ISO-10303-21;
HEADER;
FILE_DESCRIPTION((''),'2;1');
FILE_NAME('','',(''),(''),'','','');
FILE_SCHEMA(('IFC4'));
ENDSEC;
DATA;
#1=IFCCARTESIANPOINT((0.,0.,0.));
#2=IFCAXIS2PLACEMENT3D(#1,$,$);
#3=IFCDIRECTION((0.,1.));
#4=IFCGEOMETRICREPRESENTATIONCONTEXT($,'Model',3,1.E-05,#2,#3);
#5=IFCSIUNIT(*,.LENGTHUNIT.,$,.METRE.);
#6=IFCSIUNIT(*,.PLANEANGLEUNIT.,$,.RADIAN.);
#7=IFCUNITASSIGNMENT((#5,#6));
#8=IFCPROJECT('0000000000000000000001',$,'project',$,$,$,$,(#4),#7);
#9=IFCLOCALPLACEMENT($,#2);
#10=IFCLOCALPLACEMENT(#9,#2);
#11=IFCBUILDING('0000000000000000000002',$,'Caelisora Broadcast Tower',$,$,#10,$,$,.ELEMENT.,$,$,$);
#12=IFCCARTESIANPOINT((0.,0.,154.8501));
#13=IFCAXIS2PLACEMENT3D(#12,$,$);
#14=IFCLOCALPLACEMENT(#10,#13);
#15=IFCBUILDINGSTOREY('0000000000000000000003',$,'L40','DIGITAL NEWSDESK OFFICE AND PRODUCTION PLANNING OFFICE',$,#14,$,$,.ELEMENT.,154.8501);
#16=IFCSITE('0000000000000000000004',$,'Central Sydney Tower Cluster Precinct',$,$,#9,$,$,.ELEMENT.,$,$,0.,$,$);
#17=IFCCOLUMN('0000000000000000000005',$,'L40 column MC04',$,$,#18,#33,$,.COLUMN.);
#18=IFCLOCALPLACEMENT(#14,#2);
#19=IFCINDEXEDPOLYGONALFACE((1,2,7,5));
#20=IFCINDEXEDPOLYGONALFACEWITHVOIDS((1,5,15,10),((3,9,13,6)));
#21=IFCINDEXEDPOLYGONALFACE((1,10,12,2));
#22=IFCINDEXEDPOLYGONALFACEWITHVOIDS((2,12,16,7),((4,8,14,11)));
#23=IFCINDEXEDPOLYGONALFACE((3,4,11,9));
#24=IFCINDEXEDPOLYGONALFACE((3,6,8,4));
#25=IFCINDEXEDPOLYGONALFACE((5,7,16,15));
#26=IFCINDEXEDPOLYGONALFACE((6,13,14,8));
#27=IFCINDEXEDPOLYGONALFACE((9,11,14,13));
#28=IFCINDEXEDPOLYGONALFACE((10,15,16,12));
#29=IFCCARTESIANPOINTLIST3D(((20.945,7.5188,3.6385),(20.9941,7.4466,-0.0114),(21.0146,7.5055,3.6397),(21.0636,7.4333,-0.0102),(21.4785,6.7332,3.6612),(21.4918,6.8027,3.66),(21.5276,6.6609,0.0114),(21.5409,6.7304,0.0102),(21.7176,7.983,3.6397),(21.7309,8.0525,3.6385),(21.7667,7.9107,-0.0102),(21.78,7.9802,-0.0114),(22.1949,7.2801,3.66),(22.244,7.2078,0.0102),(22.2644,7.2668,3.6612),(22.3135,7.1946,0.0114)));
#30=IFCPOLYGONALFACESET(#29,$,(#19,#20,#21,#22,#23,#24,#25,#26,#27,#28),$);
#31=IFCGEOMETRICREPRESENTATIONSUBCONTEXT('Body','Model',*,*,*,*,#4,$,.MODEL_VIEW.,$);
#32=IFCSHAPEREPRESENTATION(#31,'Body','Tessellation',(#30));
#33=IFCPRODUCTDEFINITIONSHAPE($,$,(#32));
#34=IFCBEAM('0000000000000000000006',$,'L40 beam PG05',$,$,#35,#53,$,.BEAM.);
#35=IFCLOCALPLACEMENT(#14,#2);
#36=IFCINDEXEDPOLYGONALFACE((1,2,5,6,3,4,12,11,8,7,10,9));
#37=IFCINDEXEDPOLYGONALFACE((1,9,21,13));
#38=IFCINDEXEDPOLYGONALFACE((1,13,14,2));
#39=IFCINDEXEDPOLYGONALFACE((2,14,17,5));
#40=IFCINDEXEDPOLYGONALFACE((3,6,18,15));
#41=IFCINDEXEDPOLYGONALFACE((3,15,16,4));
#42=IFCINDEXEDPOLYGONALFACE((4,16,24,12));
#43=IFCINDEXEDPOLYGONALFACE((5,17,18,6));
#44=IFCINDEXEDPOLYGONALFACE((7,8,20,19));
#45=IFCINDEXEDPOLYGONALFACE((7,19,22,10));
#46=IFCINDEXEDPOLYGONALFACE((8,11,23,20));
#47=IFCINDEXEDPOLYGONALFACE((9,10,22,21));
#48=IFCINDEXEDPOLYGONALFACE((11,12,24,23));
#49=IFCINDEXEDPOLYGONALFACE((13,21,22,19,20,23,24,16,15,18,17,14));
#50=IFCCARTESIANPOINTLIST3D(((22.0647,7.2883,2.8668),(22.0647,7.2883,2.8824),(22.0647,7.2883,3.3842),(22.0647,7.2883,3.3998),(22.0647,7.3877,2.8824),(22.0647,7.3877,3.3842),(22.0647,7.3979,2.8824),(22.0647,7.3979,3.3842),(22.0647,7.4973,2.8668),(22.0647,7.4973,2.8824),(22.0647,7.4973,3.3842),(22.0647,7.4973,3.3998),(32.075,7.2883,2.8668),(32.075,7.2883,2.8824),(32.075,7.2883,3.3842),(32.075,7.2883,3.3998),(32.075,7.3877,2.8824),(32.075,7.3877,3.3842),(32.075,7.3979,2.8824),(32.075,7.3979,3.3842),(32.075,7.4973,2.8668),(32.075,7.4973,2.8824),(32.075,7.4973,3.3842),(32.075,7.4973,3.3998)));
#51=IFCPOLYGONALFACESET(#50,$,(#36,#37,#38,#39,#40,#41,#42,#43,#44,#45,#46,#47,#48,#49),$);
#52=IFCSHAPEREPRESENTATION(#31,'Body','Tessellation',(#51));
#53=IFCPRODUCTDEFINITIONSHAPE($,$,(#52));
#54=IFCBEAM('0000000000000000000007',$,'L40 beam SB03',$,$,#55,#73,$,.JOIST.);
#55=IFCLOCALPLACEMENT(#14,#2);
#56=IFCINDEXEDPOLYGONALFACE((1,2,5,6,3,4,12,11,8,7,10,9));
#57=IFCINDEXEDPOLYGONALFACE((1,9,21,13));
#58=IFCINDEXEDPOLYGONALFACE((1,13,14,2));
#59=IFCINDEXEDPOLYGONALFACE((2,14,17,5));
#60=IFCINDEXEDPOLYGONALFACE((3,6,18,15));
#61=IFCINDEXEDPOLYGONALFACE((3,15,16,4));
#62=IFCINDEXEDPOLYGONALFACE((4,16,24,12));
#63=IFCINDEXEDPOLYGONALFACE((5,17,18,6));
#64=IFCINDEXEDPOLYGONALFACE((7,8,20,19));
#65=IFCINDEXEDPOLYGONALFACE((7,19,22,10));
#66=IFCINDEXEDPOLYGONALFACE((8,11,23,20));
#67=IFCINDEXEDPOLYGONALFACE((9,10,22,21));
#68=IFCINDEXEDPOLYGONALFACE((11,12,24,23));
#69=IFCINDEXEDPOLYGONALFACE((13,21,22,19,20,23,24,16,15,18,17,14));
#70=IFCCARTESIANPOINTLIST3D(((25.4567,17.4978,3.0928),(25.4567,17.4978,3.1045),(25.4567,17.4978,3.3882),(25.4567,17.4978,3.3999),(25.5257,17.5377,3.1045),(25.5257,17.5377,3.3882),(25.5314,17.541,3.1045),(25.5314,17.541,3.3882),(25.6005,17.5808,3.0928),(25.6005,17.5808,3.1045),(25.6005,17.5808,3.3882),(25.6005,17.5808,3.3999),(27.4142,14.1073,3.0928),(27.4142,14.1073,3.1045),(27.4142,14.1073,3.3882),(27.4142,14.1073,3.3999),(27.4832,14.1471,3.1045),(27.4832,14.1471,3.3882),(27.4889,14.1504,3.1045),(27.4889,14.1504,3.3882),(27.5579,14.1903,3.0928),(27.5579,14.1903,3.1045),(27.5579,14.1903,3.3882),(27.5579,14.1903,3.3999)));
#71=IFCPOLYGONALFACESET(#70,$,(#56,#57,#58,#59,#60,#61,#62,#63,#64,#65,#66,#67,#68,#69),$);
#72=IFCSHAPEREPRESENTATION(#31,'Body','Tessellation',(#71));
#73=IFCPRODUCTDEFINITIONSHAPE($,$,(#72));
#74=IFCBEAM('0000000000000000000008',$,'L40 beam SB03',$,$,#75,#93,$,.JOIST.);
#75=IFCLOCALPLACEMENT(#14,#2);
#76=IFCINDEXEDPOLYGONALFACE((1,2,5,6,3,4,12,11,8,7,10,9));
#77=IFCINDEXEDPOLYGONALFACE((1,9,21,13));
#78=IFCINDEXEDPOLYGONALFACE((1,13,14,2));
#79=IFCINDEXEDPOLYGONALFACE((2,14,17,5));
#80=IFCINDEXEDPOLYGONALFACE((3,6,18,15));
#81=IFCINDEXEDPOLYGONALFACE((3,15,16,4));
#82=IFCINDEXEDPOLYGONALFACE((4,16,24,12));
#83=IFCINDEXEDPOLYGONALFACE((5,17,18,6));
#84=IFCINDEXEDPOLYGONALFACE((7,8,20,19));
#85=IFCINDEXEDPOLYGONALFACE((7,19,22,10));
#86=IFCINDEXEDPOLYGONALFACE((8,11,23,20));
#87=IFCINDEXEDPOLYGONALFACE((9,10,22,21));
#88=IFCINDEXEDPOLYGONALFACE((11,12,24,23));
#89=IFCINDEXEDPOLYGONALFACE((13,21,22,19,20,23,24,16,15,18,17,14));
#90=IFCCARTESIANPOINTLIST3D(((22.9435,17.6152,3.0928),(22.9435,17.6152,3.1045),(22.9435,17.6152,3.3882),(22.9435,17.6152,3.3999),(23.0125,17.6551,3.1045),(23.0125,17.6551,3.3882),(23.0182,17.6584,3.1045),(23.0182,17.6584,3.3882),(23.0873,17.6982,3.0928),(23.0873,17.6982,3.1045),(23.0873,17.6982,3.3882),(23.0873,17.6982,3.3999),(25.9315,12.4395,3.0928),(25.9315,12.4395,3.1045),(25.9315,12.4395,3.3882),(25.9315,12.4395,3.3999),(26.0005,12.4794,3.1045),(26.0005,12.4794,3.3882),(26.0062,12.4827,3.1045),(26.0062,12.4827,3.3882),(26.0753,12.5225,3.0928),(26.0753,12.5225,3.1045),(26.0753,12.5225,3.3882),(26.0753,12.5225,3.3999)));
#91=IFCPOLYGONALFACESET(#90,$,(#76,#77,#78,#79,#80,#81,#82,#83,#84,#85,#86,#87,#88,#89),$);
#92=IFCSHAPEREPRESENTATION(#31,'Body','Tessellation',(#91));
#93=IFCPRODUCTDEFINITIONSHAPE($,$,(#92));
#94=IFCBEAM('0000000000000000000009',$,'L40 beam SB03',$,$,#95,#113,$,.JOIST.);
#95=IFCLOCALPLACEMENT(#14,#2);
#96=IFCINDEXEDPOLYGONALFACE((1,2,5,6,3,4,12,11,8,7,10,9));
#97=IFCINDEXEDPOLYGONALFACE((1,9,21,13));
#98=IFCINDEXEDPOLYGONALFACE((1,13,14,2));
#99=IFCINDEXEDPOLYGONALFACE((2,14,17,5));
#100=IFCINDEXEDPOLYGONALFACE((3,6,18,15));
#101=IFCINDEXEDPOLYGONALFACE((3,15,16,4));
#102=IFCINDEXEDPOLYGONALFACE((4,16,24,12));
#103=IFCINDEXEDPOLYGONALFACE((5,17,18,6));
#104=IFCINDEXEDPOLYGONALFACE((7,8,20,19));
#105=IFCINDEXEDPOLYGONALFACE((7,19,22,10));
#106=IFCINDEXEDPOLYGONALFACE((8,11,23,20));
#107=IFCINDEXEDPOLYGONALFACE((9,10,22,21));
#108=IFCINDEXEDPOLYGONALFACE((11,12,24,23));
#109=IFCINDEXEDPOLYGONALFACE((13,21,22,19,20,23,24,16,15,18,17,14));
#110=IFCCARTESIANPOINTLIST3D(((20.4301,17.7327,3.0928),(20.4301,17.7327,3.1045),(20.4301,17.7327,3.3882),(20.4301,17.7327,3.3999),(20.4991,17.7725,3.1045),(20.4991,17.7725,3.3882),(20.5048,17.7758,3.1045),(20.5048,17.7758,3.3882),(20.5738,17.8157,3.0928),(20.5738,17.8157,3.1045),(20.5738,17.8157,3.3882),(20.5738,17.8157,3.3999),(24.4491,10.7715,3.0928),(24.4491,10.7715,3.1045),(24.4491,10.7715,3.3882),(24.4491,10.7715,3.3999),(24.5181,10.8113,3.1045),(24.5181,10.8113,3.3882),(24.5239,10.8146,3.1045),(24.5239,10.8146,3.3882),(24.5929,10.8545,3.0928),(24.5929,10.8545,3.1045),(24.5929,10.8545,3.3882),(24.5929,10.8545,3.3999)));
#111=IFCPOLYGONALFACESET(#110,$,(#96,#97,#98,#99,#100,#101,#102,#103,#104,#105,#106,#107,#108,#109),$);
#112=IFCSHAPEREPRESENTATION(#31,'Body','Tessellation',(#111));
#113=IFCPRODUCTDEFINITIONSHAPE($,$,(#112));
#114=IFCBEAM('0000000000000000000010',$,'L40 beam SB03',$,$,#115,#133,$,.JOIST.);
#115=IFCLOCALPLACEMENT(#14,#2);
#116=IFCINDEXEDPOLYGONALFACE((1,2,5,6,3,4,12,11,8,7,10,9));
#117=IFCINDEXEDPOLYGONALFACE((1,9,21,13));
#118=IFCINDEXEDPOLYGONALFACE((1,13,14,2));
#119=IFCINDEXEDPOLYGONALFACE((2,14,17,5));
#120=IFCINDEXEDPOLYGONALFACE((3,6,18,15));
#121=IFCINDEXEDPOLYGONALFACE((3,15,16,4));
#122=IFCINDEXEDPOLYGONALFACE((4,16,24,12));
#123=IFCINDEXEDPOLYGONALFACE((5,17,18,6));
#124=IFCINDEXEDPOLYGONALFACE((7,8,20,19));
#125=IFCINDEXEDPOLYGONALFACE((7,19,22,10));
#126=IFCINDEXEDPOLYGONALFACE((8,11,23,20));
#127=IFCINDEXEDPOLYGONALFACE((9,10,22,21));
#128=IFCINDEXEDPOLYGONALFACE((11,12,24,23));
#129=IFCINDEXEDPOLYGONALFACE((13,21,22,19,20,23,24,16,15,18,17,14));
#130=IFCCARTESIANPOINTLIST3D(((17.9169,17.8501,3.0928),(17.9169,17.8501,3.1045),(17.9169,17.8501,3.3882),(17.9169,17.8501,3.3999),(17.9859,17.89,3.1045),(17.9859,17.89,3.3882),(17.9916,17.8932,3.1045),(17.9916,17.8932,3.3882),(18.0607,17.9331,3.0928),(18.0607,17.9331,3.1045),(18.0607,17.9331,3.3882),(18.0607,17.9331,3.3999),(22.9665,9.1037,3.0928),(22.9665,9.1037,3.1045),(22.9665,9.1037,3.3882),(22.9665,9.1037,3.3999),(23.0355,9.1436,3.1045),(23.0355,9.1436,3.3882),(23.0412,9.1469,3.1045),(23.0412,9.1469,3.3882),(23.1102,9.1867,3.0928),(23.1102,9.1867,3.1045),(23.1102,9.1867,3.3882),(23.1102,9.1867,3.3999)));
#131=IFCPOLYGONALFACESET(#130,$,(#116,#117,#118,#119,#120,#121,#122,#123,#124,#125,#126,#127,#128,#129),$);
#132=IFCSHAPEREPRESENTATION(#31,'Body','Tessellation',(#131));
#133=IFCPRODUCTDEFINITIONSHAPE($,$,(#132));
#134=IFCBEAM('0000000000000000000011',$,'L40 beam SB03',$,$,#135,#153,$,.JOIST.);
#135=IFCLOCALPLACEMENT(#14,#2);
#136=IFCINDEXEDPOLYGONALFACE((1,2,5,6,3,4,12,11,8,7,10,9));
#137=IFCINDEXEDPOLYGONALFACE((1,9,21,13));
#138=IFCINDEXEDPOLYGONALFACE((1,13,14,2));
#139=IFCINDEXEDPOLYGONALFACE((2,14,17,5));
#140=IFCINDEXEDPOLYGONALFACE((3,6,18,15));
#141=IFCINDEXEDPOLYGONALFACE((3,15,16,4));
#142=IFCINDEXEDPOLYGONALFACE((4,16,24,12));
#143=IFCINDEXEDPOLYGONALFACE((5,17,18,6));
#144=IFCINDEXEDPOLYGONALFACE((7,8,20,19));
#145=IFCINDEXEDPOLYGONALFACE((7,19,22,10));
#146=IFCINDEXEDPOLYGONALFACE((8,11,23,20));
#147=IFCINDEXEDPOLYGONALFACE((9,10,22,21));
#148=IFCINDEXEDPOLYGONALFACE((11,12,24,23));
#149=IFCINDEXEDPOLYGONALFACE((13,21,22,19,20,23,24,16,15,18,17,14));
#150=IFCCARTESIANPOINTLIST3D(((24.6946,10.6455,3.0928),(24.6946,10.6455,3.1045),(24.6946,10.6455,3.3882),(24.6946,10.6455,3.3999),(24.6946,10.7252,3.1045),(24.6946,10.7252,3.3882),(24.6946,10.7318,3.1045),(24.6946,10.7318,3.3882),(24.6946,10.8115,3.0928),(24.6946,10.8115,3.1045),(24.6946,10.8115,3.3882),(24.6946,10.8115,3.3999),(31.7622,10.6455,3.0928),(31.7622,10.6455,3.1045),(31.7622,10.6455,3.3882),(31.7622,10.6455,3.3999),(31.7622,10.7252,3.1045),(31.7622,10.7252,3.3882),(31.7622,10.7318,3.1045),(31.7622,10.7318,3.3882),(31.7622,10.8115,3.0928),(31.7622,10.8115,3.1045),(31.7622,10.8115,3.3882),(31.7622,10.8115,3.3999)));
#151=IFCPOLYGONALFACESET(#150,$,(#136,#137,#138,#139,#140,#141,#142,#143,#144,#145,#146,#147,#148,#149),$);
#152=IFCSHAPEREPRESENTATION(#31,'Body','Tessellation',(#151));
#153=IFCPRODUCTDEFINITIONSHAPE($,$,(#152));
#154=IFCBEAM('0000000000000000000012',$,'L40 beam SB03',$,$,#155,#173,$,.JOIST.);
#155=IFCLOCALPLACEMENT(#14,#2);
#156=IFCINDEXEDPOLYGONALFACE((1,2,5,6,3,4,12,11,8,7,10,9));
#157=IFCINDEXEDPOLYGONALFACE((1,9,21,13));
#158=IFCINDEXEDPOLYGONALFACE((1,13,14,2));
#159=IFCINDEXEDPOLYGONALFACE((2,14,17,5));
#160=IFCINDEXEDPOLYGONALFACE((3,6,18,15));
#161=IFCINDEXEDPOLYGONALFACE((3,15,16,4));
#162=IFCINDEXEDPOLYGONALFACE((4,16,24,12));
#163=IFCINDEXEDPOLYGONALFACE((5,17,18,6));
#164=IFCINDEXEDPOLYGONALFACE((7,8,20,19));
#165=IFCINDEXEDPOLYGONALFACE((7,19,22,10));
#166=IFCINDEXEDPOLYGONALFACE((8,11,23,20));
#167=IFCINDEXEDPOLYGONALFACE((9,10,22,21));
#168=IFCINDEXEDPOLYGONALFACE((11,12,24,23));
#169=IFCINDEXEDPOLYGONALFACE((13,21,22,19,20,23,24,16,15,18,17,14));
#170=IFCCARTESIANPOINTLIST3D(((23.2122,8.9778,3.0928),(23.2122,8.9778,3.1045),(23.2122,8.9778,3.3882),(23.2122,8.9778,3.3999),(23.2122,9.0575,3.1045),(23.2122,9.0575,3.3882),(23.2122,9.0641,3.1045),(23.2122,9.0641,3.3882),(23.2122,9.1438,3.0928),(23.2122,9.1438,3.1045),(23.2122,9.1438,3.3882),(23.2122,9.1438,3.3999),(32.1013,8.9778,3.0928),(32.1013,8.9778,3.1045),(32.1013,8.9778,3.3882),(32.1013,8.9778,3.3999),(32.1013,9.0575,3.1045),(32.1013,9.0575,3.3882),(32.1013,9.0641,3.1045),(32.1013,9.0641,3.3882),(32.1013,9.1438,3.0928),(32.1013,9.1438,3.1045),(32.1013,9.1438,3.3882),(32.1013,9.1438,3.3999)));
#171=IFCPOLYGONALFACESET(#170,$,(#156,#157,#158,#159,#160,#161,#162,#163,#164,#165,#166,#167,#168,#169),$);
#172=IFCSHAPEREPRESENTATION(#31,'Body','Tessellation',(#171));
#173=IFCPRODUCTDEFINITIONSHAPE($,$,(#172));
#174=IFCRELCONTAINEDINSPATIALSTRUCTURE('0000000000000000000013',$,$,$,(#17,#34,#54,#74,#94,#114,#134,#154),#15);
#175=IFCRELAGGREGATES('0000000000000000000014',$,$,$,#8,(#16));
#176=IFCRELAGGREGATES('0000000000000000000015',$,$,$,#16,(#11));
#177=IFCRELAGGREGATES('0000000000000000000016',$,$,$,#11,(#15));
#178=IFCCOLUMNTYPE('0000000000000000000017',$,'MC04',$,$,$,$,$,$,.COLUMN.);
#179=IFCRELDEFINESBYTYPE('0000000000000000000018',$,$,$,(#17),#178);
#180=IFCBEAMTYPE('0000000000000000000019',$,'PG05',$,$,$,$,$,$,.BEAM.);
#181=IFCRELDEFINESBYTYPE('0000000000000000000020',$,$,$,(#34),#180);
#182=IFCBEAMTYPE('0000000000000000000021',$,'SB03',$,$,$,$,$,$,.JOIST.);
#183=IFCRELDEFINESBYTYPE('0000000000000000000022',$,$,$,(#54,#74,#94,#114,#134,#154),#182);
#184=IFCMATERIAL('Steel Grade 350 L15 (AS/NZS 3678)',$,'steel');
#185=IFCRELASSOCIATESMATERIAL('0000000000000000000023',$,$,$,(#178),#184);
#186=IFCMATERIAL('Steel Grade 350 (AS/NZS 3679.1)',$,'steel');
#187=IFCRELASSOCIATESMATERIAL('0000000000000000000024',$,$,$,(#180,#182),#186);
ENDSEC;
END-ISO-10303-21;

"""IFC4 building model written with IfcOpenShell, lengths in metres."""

from ifc_helpers import new_model, si_unit, direction, frame, origin, origin_2d, place, context, subcontext, project, spatial, hollow_rectangle, i_section, extrude, source, transform, mapped, material, material_profile, profile_set, type_object, type_shapes, element, save


model = new_model("IFC4")

# Units and contexts
model_context = context("Model", 3, precision=1e-05, world=origin(), true_north=direction((0.0, 1.0)))
body_context = subcontext(model_context, "Body", "Model", "MODEL_VIEW")
ifc_project = project(units=[si_unit("LENGTHUNIT", "METRE"), si_unit("PLANEANGLEUNIT", "RADIAN")], contexts=[model_context])

# Site, building, storey
site_placement = place(None, origin())
site = spatial("IfcSite", under=ifc_project, at=site_placement, Name="Central Sydney Tower Cluster Precinct", CompositionType="ELEMENT", RefElevation=0.0)
building_placement = place(site_placement, origin())
building = spatial("IfcBuilding", under=site, at=building_placement, Name="Caelisora Broadcast Tower", CompositionType="ELEMENT")
storey_placement = place(building_placement, frame((0.0, 0.0, 154.8501)))
storey = spatial("IfcBuildingStorey", under=building, at=storey_placement, Name="L40", Description="DIGITAL NEWSDESK OFFICE AND PRODUCTION PLANNING OFFICE", CompositionType="ELEMENT", Elevation=154.8501)

# Column
ifc_material_1 = material(Name="Steel Grade 350 L15 (AS/NZS 3678)", Category="steel")
ifc_material_profile_1 = material_profile(ifc_material_1, hollow_rectangle(XDim=0.95, YDim=0.95, WallThickness=0.05, at=origin_2d()), Name="Steel Grade 350 L15 (AS/NZS 3678)")
ifc_profile_set_1 = profile_set([ifc_material_profile_1], Name="Steel Grade 350 L15 (AS/NZS 3678)")
column_type = type_object("IfcColumnType", Name="MC04", PredefinedType="COLUMN", material=ifc_profile_set_1)
shared_shape_1 = source(origin(), body_context, "Body", "SweptSolid", [
    extrude(hollow_rectangle(XDim=0.95, YDim=0.95, WallThickness=0.05, at=origin_2d()), origin(), (0.0, 0.0, 1.0), 3.6509),
])
type_shapes(column_type, [shared_shape_1])
column_placement = place(storey_placement, frame((21.6538, 7.3206, 0.0), z_axis=(-0.013441, 0.019794, 0.999714), x_axis=(-0.82729, -0.561775, 0.0)))
element("IfcColumn", 1, at=column_placement, inside=storey, type_object=column_type, Name="L40 column MC04", PredefinedType="COLUMN", context=body_context, shape_type="MappedRepresentation", body=[
    mapped(shared_shape_1, transform((0.0, 0.0, 0.0), scale=1.0)),
])

# Beams
ifc_material_2 = material(Name="Steel Grade 350 (AS/NZS 3679.1)", Category="steel")
ifc_material_profile_2 = material_profile(ifc_material_2, i_section(OverallWidth=0.209, OverallDepth=0.533, WebThickness=0.0103, FlangeThickness=0.0156, at=origin_2d()), Name="Steel Grade 350 (AS/NZS 3679.1)")
ifc_profile_set_2 = profile_set([ifc_material_profile_2], Name="Steel Grade 350 (AS/NZS 3679.1)")
beam_type_1 = type_object("IfcBeamType", Name="PG05", PredefinedType="BEAM", material=ifc_profile_set_2)
shared_shape_2 = source(origin(), body_context, "Body", "SweptSolid", [
    extrude(i_section(OverallWidth=0.209, OverallDepth=0.533, WebThickness=0.0103, FlangeThickness=0.0156, at=origin_2d()), origin(), (0.0, 0.0, 1.0), 10.0103),
])
type_shapes(beam_type_1, [shared_shape_2])
beam_1_placement = place(storey_placement, frame((22.0647, 7.3928, 3.1333), z_axis=(1.0, 0.0, 0.0), x_axis=(0.0, 1.0, 0.0)))
element("IfcBeam", 2, at=beam_1_placement, inside=storey, type_object=beam_type_1, Name="L40 beam PG05", PredefinedType="BEAM", context=body_context, shape_type="MappedRepresentation", body=[
    mapped(shared_shape_2, transform((0.0, 0.0, 0.0), scale=1.0)),
])
ifc_material_profile_3 = material_profile(ifc_material_2, i_section(OverallWidth=0.166, OverallDepth=0.3071, WebThickness=0.0066, FlangeThickness=0.0117, at=origin_2d()), Name="Steel Grade 350 (AS/NZS 3679.1)")
ifc_profile_set_3 = profile_set([ifc_material_profile_3], Name="Steel Grade 350 (AS/NZS 3679.1)")
beam_type_2 = type_object("IfcBeamType", Name="SB03", PredefinedType="JOIST", material=ifc_profile_set_3)
shared_shape_3 = source(origin(), body_context, "Body", "SweptSolid", [
    extrude(i_section(OverallWidth=0.166, OverallDepth=0.3071, WebThickness=0.0066, FlangeThickness=0.0117, at=origin_2d()), origin(), (0.0, 0.0, 1.0), 3.915),
])
beam_2_placement = place(storey_placement, frame((25.5286, 17.5393, 3.2463), z_axis=(0.499989, -0.866032, 0.0), x_axis=(0.866032, 0.499989, 0.0)))
element("IfcBeam", 3, at=beam_2_placement, inside=storey, type_object=beam_type_2, Name="L40 beam SB03", PredefinedType="JOIST", context=body_context, shape_type="MappedRepresentation", body=[
    mapped(shared_shape_3, transform((0.0, 0.0, 0.0), scale=1.0)),
])
shared_shape_4 = source(origin(), body_context, "Body", "SweptSolid", [
    extrude(i_section(OverallWidth=0.166, OverallDepth=0.3071, WebThickness=0.0066, FlangeThickness=0.0117, at=origin_2d()), origin(), (0.0, 0.0, 1.0), 5.9763),
])
beam_3_placement = place(storey_placement, frame((23.0154, 17.6567, 3.2463), z_axis=(0.499975, -0.86604, 0.0), x_axis=(0.86604, 0.499975, 0.0)))
element("IfcBeam", 4, at=beam_3_placement, inside=storey, type_object=beam_type_2, Name="L40 beam SB03", PredefinedType="JOIST", context=body_context, shape_type="MappedRepresentation", body=[
    mapped(shared_shape_4, transform((0.0, 0.0, 0.0), scale=1.0)),
])
shared_shape_5 = source(origin(), body_context, "Body", "SweptSolid", [
    extrude(i_section(OverallWidth=0.166, OverallDepth=0.3071, WebThickness=0.0066, FlangeThickness=0.0117, at=origin_2d()), origin(), (0.0, 0.0, 1.0), 8.0381),
])
beam_4_placement = place(storey_placement, frame((20.502, 17.7742, 3.2463), z_axis=(0.5, -0.866025, 0.0), x_axis=(0.866025, 0.5, 0.0)))
element("IfcBeam", 5, at=beam_4_placement, inside=storey, type_object=beam_type_2, Name="L40 beam SB03", PredefinedType="JOIST", context=body_context, shape_type="MappedRepresentation", body=[
    mapped(shared_shape_5, transform((0.0, 0.0, 0.0), scale=1.0)),
])
shared_shape_6 = source(origin(), body_context, "Body", "SweptSolid", [
    extrude(i_section(OverallWidth=0.166, OverallDepth=0.3071, WebThickness=0.0066, FlangeThickness=0.0117, at=origin_2d()), origin(), (0.0, 0.0, 1.0), 10.0994),
])
beam_5_placement = place(storey_placement, frame((17.9888, 17.8916, 3.2463), z_axis=(0.49999, -0.866031, 0.0), x_axis=(0.866031, 0.49999, 0.0)))
element("IfcBeam", 6, at=beam_5_placement, inside=storey, type_object=beam_type_2, Name="L40 beam SB03", PredefinedType="JOIST", context=body_context, shape_type="MappedRepresentation", body=[
    mapped(shared_shape_6, transform((0.0, 0.0, 0.0), scale=1.0)),
])
shared_shape_7 = source(origin(), body_context, "Body", "SweptSolid", [
    extrude(i_section(OverallWidth=0.166, OverallDepth=0.3071, WebThickness=0.0066, FlangeThickness=0.0117, at=origin_2d()), origin(), (0.0, 0.0, 1.0), 7.0676),
])
beam_6_placement = place(storey_placement, frame((24.6946, 10.7285, 3.2463), z_axis=(1.0, 0.0, 0.0), x_axis=(0.0, 1.0, 0.0)))
element("IfcBeam", 7, at=beam_6_placement, inside=storey, type_object=beam_type_2, Name="L40 beam SB03", PredefinedType="JOIST", context=body_context, shape_type="MappedRepresentation", body=[
    mapped(shared_shape_7, transform((0.0, 0.0, 0.0), scale=1.0)),
])
shared_shape_8 = source(origin(), body_context, "Body", "SweptSolid", [
    extrude(i_section(OverallWidth=0.166, OverallDepth=0.3071, WebThickness=0.0066, FlangeThickness=0.0117, at=origin_2d()), origin(), (0.0, 0.0, 1.0), 8.8892),
])
type_shapes(beam_type_2, [shared_shape_3, shared_shape_4, shared_shape_5, shared_shape_6, shared_shape_7, shared_shape_8])
beam_7_placement = place(storey_placement, frame((23.2122, 9.0608, 3.2463), z_axis=(1.0, 0.0, 0.0), x_axis=(0.0, 1.0, 0.0)))
element("IfcBeam", 8, at=beam_7_placement, inside=storey, type_object=beam_type_2, Name="L40 beam SB03", PredefinedType="JOIST", context=body_context, shape_type="MappedRepresentation", body=[
    mapped(shared_shape_8, transform((0.0, 0.0, 0.0), scale=1.0)),
])

save(model, "model.ifc")
